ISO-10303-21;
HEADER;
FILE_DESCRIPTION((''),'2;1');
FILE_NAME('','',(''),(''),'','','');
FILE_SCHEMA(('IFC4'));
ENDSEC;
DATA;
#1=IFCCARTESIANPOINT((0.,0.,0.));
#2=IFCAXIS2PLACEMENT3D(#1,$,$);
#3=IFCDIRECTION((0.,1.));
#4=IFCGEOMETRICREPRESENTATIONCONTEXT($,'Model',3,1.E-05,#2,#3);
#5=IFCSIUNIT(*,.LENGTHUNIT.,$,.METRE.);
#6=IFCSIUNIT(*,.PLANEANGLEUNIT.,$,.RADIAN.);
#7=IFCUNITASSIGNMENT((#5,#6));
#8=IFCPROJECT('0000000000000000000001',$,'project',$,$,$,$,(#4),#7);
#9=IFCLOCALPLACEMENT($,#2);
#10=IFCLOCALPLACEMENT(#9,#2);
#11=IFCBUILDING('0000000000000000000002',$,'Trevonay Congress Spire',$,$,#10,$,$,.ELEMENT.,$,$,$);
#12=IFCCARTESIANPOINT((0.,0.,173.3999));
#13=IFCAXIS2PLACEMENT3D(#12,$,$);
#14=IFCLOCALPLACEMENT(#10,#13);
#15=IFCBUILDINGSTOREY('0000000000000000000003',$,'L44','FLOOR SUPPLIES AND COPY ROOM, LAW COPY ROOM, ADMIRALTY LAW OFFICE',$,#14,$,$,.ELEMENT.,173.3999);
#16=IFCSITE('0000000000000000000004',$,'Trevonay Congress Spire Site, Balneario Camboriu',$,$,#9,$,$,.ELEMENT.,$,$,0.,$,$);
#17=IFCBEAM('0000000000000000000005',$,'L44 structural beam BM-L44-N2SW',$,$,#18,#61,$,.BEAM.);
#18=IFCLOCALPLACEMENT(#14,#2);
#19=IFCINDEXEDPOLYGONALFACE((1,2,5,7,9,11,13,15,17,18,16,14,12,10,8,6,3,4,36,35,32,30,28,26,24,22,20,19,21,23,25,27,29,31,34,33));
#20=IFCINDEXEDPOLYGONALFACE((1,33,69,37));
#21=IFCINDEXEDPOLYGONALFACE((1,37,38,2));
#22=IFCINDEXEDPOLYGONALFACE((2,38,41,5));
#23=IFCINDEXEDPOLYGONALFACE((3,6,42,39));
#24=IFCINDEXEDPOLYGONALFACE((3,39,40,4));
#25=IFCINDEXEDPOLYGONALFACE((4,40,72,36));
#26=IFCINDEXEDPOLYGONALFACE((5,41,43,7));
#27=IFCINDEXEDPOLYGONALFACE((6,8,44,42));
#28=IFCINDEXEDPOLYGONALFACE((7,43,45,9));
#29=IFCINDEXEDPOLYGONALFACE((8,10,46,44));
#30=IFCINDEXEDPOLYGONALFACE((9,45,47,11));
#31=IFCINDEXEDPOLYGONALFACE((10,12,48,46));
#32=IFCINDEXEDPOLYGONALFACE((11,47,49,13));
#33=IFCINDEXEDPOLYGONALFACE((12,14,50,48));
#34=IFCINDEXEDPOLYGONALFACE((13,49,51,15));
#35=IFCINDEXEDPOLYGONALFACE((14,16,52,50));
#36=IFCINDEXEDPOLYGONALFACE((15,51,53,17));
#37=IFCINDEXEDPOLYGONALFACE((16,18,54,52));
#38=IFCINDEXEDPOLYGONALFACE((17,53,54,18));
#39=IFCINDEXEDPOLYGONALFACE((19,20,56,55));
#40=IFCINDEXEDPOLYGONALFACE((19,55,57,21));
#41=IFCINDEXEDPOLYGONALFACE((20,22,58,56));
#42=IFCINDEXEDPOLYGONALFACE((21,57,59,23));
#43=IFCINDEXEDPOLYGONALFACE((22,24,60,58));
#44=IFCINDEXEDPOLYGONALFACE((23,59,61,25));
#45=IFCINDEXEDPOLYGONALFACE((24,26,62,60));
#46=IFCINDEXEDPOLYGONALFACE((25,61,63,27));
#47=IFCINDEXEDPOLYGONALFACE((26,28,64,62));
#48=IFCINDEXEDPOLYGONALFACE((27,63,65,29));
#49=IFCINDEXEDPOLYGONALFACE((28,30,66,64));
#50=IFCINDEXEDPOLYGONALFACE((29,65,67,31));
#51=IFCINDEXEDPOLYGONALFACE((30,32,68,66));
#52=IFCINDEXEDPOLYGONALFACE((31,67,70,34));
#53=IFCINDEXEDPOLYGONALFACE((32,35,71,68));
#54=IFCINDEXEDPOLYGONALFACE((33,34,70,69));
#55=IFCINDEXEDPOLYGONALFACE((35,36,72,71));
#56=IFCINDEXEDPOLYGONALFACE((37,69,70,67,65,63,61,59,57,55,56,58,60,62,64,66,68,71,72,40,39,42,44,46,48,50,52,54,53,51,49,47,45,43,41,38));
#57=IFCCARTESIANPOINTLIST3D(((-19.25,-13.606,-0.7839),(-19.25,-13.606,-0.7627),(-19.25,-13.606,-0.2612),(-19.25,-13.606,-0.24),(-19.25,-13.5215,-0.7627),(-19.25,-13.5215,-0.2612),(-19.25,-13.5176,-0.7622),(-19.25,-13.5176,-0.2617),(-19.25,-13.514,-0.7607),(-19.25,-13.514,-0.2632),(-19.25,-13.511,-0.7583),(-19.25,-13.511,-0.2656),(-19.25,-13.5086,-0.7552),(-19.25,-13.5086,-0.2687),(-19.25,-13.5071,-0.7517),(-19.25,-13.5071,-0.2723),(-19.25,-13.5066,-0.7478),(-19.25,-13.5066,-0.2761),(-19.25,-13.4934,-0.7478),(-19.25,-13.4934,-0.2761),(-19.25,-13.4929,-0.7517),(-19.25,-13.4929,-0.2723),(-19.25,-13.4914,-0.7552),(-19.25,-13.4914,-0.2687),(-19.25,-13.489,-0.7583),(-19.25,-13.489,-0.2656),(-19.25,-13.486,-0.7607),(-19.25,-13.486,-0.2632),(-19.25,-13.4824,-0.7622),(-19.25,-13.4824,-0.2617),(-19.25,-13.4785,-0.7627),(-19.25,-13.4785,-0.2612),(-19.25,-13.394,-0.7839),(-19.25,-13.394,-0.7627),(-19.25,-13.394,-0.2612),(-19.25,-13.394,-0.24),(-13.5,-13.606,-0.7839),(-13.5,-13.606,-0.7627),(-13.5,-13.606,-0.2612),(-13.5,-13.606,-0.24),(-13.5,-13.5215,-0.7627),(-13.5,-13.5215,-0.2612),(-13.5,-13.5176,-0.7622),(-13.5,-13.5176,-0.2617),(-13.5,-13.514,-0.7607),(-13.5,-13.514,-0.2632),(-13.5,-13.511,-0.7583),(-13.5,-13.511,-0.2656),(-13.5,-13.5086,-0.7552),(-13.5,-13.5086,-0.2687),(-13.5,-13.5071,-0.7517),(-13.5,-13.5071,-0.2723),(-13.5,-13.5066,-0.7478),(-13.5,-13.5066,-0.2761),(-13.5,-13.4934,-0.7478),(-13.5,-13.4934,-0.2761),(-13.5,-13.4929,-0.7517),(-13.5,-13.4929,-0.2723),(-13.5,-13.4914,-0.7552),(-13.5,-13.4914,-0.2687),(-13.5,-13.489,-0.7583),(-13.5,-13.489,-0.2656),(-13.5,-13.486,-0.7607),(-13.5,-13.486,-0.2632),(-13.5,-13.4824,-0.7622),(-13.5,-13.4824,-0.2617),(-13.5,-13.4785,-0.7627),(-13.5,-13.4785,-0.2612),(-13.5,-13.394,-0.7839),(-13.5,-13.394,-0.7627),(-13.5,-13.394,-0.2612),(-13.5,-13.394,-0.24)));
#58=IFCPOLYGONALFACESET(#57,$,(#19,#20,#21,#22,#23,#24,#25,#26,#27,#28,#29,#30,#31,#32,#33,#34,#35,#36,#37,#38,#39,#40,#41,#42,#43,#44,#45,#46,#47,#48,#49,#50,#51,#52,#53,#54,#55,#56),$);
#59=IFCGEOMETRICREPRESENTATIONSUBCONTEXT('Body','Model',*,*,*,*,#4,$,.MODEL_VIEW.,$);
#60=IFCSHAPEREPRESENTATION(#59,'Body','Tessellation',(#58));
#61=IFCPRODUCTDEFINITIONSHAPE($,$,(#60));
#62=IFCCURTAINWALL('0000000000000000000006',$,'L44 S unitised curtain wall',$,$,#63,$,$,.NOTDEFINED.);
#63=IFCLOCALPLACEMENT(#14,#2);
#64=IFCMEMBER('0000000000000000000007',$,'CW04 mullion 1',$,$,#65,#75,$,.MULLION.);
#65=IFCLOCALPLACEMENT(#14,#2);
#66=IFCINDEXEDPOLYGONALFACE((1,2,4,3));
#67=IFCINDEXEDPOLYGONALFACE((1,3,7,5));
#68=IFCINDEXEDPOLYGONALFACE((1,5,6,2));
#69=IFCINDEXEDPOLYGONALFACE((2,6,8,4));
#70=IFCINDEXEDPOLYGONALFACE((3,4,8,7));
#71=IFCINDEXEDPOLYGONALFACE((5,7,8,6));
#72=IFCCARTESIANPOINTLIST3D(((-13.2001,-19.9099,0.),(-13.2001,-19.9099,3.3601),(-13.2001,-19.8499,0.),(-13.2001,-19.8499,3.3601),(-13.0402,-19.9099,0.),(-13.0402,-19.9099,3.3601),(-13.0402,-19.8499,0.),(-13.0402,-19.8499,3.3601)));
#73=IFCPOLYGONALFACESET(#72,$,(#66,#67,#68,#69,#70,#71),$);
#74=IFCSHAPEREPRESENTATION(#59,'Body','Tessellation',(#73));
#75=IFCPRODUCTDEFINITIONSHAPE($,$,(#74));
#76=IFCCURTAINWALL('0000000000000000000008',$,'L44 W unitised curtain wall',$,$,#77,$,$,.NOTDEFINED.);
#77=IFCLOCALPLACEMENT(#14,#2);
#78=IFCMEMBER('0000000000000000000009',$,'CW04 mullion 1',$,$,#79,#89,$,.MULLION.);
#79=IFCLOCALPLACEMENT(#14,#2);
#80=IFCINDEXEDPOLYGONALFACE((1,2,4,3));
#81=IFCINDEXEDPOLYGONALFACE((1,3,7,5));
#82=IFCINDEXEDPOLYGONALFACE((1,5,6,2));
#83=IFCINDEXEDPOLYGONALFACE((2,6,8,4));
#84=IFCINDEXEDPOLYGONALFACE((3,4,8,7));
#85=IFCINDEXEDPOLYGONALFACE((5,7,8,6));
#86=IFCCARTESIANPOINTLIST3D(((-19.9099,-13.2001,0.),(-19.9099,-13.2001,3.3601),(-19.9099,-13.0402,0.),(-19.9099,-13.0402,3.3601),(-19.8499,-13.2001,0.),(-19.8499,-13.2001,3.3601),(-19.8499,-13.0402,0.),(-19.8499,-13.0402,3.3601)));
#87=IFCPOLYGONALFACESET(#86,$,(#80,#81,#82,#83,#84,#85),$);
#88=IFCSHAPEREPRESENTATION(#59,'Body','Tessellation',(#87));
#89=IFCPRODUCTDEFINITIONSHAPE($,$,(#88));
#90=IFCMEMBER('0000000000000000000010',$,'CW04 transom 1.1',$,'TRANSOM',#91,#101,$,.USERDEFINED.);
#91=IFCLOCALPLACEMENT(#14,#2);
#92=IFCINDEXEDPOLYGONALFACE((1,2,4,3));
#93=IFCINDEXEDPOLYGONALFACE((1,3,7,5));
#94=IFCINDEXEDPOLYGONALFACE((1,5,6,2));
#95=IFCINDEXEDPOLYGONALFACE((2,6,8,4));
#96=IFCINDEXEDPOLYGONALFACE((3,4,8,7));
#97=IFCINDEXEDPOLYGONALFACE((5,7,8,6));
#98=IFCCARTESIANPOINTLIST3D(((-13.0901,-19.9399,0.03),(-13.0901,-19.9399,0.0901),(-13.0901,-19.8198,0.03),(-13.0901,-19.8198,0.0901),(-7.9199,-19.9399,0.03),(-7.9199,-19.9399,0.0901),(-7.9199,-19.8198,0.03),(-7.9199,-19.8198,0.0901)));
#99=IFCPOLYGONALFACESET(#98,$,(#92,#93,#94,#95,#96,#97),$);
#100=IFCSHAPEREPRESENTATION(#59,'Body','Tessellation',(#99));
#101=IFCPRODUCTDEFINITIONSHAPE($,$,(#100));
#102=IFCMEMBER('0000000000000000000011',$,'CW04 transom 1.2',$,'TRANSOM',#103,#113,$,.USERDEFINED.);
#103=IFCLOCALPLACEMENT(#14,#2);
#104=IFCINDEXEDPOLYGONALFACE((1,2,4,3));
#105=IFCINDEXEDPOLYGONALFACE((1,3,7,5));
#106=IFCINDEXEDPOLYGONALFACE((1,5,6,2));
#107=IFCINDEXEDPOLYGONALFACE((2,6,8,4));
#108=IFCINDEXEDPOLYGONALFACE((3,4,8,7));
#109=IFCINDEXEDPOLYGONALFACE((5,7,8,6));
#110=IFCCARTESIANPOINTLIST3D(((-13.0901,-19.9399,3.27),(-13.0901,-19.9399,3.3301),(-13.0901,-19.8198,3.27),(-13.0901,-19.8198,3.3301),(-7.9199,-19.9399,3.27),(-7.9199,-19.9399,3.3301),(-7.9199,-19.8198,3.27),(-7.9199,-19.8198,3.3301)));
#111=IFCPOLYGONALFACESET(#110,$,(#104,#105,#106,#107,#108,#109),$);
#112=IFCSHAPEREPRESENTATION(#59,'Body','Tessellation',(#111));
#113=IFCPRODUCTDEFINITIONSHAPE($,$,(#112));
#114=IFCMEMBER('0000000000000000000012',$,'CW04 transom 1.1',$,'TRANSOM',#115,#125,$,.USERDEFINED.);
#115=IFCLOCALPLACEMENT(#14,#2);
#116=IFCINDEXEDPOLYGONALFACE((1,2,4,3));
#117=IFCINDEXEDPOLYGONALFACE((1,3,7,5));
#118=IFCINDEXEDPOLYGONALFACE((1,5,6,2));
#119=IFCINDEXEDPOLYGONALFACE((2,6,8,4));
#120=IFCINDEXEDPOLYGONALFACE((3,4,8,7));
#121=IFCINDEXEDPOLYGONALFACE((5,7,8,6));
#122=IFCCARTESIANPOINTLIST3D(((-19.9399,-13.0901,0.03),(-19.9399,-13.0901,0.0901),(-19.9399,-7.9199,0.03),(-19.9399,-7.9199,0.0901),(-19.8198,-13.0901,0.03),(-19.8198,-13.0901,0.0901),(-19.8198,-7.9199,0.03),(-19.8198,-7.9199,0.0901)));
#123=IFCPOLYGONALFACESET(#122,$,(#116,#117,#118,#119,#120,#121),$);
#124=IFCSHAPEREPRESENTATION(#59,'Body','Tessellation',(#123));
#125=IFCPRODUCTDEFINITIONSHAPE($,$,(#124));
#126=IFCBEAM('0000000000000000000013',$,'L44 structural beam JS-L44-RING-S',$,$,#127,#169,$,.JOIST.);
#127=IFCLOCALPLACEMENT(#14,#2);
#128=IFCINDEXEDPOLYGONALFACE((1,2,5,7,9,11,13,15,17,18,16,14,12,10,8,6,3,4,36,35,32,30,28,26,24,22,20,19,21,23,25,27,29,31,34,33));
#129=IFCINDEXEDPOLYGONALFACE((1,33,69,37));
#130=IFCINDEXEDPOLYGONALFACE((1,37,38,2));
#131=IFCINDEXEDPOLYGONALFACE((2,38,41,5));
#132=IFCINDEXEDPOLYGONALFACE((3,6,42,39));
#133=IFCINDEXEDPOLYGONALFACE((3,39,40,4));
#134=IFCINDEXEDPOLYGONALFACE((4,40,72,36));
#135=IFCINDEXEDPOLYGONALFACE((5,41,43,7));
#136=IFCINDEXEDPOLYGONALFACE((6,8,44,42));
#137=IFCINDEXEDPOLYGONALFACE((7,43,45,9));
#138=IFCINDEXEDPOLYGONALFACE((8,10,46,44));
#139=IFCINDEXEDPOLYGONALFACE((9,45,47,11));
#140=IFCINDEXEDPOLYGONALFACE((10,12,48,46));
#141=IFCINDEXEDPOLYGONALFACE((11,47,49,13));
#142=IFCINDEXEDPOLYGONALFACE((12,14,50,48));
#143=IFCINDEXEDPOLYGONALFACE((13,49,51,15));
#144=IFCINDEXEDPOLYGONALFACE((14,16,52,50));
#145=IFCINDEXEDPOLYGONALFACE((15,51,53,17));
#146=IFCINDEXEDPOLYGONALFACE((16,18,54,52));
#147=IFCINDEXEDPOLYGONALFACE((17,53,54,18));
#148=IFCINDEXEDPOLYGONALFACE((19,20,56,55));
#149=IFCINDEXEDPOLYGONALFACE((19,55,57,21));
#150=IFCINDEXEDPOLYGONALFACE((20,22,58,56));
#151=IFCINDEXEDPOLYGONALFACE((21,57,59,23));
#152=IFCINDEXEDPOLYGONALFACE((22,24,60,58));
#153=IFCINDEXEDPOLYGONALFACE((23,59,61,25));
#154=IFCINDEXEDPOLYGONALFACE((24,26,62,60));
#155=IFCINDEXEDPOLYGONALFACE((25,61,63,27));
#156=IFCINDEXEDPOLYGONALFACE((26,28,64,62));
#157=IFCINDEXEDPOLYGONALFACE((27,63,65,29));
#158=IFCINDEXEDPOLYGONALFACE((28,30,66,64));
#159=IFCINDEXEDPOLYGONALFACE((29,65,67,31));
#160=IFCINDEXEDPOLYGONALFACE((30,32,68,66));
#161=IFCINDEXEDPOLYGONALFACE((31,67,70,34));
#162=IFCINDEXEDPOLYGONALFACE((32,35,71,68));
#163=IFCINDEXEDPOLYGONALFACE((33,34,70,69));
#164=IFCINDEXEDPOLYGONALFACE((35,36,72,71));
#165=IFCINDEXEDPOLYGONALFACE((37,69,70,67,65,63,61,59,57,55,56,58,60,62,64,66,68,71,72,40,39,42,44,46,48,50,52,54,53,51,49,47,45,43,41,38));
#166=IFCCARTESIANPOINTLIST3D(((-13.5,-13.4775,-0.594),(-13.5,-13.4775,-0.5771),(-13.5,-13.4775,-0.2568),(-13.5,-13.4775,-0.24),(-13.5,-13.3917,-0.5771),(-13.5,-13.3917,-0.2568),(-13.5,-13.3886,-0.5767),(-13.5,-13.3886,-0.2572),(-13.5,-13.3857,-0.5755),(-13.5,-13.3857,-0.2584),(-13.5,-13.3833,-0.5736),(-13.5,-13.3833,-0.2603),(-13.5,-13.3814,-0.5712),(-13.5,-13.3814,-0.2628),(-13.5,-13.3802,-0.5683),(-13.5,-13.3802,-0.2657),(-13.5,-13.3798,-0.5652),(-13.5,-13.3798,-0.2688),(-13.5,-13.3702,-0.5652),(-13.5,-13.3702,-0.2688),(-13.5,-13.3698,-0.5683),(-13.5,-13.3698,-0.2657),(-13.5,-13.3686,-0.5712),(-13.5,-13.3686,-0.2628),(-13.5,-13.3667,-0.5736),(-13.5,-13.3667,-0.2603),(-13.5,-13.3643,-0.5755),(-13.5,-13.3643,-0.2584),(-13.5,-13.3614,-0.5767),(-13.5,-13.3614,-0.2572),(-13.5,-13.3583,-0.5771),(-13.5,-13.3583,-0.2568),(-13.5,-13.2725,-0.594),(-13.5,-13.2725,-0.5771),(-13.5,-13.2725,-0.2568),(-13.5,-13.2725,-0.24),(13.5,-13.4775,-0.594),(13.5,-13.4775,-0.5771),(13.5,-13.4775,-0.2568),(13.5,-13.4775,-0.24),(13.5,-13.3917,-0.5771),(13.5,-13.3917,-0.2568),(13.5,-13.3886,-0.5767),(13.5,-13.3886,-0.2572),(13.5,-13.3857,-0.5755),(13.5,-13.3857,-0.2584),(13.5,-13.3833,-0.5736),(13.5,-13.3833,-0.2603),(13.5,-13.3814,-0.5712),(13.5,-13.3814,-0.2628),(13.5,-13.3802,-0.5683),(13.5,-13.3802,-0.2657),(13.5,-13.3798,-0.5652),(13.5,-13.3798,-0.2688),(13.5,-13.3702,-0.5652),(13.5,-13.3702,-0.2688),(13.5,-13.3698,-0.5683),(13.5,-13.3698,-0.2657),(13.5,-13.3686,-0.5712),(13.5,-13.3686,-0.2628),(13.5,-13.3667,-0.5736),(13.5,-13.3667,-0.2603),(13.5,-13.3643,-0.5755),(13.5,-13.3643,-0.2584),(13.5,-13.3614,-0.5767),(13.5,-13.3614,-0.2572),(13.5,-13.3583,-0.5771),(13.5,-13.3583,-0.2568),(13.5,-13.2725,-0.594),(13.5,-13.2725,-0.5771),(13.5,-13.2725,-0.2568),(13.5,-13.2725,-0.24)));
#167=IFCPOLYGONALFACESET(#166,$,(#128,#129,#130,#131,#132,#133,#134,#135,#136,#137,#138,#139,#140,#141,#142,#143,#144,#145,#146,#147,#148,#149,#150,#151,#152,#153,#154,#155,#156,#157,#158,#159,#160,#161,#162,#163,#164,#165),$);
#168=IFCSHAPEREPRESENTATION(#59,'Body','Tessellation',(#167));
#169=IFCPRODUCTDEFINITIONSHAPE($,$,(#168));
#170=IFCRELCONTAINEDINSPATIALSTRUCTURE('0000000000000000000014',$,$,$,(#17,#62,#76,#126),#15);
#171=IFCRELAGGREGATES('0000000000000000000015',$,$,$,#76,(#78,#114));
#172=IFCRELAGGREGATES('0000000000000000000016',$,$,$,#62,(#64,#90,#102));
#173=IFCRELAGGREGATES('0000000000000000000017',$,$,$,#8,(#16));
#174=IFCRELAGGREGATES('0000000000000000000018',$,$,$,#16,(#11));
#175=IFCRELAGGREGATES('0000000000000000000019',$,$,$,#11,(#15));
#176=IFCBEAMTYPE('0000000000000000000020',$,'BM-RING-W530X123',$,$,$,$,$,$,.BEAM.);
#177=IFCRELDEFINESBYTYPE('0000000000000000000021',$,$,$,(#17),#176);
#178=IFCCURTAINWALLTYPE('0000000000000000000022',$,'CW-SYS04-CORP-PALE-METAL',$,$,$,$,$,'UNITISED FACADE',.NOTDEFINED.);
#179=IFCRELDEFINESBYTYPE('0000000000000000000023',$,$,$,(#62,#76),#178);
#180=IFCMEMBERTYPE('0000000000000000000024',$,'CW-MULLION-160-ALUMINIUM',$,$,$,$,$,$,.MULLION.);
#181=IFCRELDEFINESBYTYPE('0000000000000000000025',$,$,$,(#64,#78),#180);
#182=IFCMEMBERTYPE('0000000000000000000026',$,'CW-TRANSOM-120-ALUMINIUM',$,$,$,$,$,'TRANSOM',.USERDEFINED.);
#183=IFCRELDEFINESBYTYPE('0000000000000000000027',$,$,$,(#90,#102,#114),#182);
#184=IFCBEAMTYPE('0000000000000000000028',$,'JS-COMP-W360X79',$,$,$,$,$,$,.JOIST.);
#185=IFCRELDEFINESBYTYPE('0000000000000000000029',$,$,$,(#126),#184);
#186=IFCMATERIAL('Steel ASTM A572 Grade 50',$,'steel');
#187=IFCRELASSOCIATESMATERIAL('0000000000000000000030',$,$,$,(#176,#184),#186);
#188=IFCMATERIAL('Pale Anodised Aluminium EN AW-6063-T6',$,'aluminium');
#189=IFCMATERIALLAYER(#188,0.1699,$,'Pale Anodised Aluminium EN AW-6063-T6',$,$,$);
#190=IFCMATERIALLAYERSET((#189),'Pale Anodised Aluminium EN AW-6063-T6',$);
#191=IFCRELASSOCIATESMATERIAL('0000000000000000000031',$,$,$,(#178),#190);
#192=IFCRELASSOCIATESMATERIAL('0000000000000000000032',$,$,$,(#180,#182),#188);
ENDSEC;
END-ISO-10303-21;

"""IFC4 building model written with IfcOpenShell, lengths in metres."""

from ifc_helpers import new_model, si_unit, direction, frame, origin, origin_2d, place, context, subcontext, project, spatial, rectangle, i_section, extrude, material, layer, layer_set, material_profile, profile_set, type_object, element, aggregate, save


model = new_model("IFC4")

# Units and contexts
model_context = context("Model", 3, precision=1e-05, world=origin(), true_north=direction((0.0, 1.0)))
body_context = subcontext(model_context, "Body", "Model", "MODEL_VIEW")
ifc_project = project(units=[si_unit("LENGTHUNIT", "METRE"), si_unit("PLANEANGLEUNIT", "RADIAN")], contexts=[model_context])

# Site, building, storey
site_placement = place(None, origin())
site = spatial("IfcSite", under=ifc_project, at=site_placement, Name="Trevonay Congress Spire Site, Balneario Camboriu", CompositionType="ELEMENT", RefElevation=0.0)
building_placement = place(site_placement, origin())
building = spatial("IfcBuilding", under=site, at=building_placement, Name="Trevonay Congress Spire", CompositionType="ELEMENT")
storey_placement = place(building_placement, frame((0.0, 0.0, 173.3999)))
storey = spatial("IfcBuildingStorey", under=building, at=storey_placement, Name="L44", Description="FLOOR SUPPLIES AND COPY ROOM, LAW COPY ROOM, ADMIRALTY LAW OFFICE", CompositionType="ELEMENT", Elevation=173.3999)

# Shared definitions
ifc_material_1 = material(Name="Steel ASTM A572 Grade 50", Category="steel")

# Beam
ifc_material_profile_1 = material_profile(ifc_material_1, i_section(OverallWidth=0.2119, OverallDepth=0.5439, WebThickness=0.0132, FlangeThickness=0.0212, FilletRadius=0.0149, at=origin_2d()), Name="W530x123")
ifc_profile_set_1 = profile_set([ifc_material_profile_1], Name="Steel ASTM A572 Grade 50")
beam_type_1 = type_object("IfcBeamType", Name="BM-RING-W530X123", PredefinedType="BEAM", material=ifc_profile_set_1)
for number, where, z_axis, x_axis, name in (
    (1, (-19.25, -13.5, -0.512), (1.0, 0.0, 0.0), (0.0, 1.0, 0.0), "L44 structural beam BM-L44-N2SW"),
):
    element("IfcBeam", number, at=place(storey_placement, frame(where, z_axis=z_axis, x_axis=x_axis)), inside=storey, type_object=beam_type_1, Name=name, PredefinedType="BEAM", context=body_context, shape_type="SweptSolid", body=[
        extrude(i_section(OverallWidth=0.2119, OverallDepth=0.5439, WebThickness=0.0132, FlangeThickness=0.0212, FilletRadius=0.0149, at=origin_2d()), origin(), (0.0, 0.0, 1.0), 5.75),
    ])

# Curtain walls, members
ifc_material_2 = material(Name="Pale Anodised Aluminium EN AW-6063-T6", Category="aluminium")
ifc_layer_1 = layer(ifc_material_2, 0.1699, Name="Pale Anodised Aluminium EN AW-6063-T6")
ifc_layer_set_1 = layer_set([ifc_layer_1], Name="Pale Anodised Aluminium EN AW-6063-T6")
curtain_wall_type = type_object("IfcCurtainWallType", Name="CW-SYS04-CORP-PALE-METAL", ElementType="UNITISED FACADE", PredefinedType="NOTDEFINED", material=ifc_layer_set_1)
curtain_wall_1_placement = place(storey_placement, origin())
curtain_wall_1 = element("IfcCurtainWall", 2, at=curtain_wall_1_placement, inside=storey, type_object=curtain_wall_type, Name="L44 S unitised curtain wall", PredefinedType="NOTDEFINED")
ifc_material_profile_2 = material_profile(ifc_material_2, rectangle(XDim=0.0601, YDim=0.1599, at=origin_2d()), Name="CW-MULLION-160-ALUMINIUM")
ifc_profile_set_2 = profile_set([ifc_material_profile_2], Name="Pale Anodised Aluminium EN AW-6063-T6")
member_type_1 = type_object("IfcMemberType", Name="CW-MULLION-160-ALUMINIUM", PredefinedType="MULLION", material=ifc_profile_set_2)
member_1_placement = place(storey_placement, frame((-13.1201, -19.8799, 0.0), z_axis=(0.0, 0.0, 1.0), x_axis=(0.0, 1.0, 0.0)))
member_1 = element("IfcMember", 3, at=member_1_placement, type_object=member_type_1, Name="CW04 mullion 1", PredefinedType="MULLION", context=body_context, shape_type="SweptSolid", body=[
    extrude(rectangle(XDim=0.0601, YDim=0.1599, at=origin_2d()), origin(), (0.0, 0.0, 1.0), 3.3601),
])
curtain_wall_2_placement = place(storey_placement, origin())
curtain_wall_2 = element("IfcCurtainWall", 4, at=curtain_wall_2_placement, inside=storey, type_object=curtain_wall_type, Name="L44 W unitised curtain wall", PredefinedType="NOTDEFINED")
member_2_placement = place(storey_placement, frame((-19.8799, -13.1201, 0.0), z_axis=(0.0, 0.0, 1.0), x_axis=(-1.0, 0.0, 0.0)))
member_2 = element("IfcMember", 5, at=member_2_placement, type_object=member_type_1, Name="CW04 mullion 1", PredefinedType="MULLION", context=body_context, shape_type="SweptSolid", body=[
    extrude(rectangle(XDim=0.0601, YDim=0.1599, at=origin_2d()), origin(), (0.0, 0.0, 1.0), 3.3601),
])

# Members
ifc_material_profile_3 = material_profile(ifc_material_2, rectangle(XDim=0.1201, YDim=0.0601, at=origin_2d()), Name="CW-TRANSOM-120-ALUMINIUM")
ifc_profile_set_3 = profile_set([ifc_material_profile_3], Name="Pale Anodised Aluminium EN AW-6063-T6")
member_type_2 = type_object("IfcMemberType", Name="CW-TRANSOM-120-ALUMINIUM", ElementType="TRANSOM", PredefinedType="USERDEFINED", material=ifc_profile_set_3)
member_3_placement = place(storey_placement, frame((-13.0901, -19.8799, 0.0601), z_axis=(1.0, 0.0, 0.0), x_axis=(0.0, 1.0, 0.0)))
member_3 = element("IfcMember", 6, at=member_3_placement, type_object=member_type_2, Name="CW04 transom 1.1", ObjectType="TRANSOM", PredefinedType="USERDEFINED", context=body_context, shape_type="SweptSolid", body=[
    extrude(rectangle(XDim=0.1201, YDim=0.0601, at=origin_2d()), origin(), (0.0, 0.0, 1.0), 5.1702),
])
member_4_placement = place(storey_placement, frame((-13.0901, -19.8799, 3.3), z_axis=(1.0, 0.0, 0.0), x_axis=(0.0, 1.0, 0.0)))
member_4 = element("IfcMember", 7, at=member_4_placement, type_object=member_type_2, Name="CW04 transom 1.2", ObjectType="TRANSOM", PredefinedType="USERDEFINED", context=body_context, shape_type="SweptSolid", body=[
    extrude(rectangle(XDim=0.1201, YDim=0.0601, at=origin_2d()), origin(), (0.0, 0.0, 1.0), 5.1702),
])
member_5_placement = place(storey_placement, frame((-19.8799, -13.0901, 0.0601), z_axis=(0.0, 1.0, 0.0), x_axis=(-1.0, 0.0, 0.0)))
member_5 = element("IfcMember", 8, at=member_5_placement, type_object=member_type_2, Name="CW04 transom 1.1", ObjectType="TRANSOM", PredefinedType="USERDEFINED", context=body_context, shape_type="SweptSolid", body=[
    extrude(rectangle(XDim=0.1201, YDim=0.0601, at=origin_2d()), origin(), (0.0, 0.0, 1.0), 5.1702),
])
aggregate(curtain_wall_2, [member_2, member_5])

# Beam
ifc_material_profile_4 = material_profile(ifc_material_1, i_section(OverallWidth=0.2051, OverallDepth=0.354, WebThickness=0.0095, FlangeThickness=0.0168, FilletRadius=0.012, at=origin_2d()), Name="W360x79")
ifc_profile_set_4 = profile_set([ifc_material_profile_4], Name="Steel ASTM A572 Grade 50")
beam_type_2 = type_object("IfcBeamType", Name="JS-COMP-W360X79", PredefinedType="JOIST", material=ifc_profile_set_4)
for number, where, z_axis, x_axis, name in (
    (9, (-13.5, -13.375, -0.417), (1.0, 0.0, 0.0), (0.0, 1.0, 0.0), "L44 structural beam JS-L44-RING-S"),
):
    element("IfcBeam", number, at=place(storey_placement, frame(where, z_axis=z_axis, x_axis=x_axis)), inside=storey, type_object=beam_type_2, Name=name, PredefinedType="JOIST", context=body_context, shape_type="SweptSolid", body=[
        extrude(i_section(OverallWidth=0.2051, OverallDepth=0.354, WebThickness=0.0095, FlangeThickness=0.0168, FilletRadius=0.012, at=origin_2d()), origin(), (0.0, 0.0, 1.0), 27.0),
    ])

aggregate(curtain_wall_1, [member_1, member_3, member_4])

save(model, "model.ifc")
